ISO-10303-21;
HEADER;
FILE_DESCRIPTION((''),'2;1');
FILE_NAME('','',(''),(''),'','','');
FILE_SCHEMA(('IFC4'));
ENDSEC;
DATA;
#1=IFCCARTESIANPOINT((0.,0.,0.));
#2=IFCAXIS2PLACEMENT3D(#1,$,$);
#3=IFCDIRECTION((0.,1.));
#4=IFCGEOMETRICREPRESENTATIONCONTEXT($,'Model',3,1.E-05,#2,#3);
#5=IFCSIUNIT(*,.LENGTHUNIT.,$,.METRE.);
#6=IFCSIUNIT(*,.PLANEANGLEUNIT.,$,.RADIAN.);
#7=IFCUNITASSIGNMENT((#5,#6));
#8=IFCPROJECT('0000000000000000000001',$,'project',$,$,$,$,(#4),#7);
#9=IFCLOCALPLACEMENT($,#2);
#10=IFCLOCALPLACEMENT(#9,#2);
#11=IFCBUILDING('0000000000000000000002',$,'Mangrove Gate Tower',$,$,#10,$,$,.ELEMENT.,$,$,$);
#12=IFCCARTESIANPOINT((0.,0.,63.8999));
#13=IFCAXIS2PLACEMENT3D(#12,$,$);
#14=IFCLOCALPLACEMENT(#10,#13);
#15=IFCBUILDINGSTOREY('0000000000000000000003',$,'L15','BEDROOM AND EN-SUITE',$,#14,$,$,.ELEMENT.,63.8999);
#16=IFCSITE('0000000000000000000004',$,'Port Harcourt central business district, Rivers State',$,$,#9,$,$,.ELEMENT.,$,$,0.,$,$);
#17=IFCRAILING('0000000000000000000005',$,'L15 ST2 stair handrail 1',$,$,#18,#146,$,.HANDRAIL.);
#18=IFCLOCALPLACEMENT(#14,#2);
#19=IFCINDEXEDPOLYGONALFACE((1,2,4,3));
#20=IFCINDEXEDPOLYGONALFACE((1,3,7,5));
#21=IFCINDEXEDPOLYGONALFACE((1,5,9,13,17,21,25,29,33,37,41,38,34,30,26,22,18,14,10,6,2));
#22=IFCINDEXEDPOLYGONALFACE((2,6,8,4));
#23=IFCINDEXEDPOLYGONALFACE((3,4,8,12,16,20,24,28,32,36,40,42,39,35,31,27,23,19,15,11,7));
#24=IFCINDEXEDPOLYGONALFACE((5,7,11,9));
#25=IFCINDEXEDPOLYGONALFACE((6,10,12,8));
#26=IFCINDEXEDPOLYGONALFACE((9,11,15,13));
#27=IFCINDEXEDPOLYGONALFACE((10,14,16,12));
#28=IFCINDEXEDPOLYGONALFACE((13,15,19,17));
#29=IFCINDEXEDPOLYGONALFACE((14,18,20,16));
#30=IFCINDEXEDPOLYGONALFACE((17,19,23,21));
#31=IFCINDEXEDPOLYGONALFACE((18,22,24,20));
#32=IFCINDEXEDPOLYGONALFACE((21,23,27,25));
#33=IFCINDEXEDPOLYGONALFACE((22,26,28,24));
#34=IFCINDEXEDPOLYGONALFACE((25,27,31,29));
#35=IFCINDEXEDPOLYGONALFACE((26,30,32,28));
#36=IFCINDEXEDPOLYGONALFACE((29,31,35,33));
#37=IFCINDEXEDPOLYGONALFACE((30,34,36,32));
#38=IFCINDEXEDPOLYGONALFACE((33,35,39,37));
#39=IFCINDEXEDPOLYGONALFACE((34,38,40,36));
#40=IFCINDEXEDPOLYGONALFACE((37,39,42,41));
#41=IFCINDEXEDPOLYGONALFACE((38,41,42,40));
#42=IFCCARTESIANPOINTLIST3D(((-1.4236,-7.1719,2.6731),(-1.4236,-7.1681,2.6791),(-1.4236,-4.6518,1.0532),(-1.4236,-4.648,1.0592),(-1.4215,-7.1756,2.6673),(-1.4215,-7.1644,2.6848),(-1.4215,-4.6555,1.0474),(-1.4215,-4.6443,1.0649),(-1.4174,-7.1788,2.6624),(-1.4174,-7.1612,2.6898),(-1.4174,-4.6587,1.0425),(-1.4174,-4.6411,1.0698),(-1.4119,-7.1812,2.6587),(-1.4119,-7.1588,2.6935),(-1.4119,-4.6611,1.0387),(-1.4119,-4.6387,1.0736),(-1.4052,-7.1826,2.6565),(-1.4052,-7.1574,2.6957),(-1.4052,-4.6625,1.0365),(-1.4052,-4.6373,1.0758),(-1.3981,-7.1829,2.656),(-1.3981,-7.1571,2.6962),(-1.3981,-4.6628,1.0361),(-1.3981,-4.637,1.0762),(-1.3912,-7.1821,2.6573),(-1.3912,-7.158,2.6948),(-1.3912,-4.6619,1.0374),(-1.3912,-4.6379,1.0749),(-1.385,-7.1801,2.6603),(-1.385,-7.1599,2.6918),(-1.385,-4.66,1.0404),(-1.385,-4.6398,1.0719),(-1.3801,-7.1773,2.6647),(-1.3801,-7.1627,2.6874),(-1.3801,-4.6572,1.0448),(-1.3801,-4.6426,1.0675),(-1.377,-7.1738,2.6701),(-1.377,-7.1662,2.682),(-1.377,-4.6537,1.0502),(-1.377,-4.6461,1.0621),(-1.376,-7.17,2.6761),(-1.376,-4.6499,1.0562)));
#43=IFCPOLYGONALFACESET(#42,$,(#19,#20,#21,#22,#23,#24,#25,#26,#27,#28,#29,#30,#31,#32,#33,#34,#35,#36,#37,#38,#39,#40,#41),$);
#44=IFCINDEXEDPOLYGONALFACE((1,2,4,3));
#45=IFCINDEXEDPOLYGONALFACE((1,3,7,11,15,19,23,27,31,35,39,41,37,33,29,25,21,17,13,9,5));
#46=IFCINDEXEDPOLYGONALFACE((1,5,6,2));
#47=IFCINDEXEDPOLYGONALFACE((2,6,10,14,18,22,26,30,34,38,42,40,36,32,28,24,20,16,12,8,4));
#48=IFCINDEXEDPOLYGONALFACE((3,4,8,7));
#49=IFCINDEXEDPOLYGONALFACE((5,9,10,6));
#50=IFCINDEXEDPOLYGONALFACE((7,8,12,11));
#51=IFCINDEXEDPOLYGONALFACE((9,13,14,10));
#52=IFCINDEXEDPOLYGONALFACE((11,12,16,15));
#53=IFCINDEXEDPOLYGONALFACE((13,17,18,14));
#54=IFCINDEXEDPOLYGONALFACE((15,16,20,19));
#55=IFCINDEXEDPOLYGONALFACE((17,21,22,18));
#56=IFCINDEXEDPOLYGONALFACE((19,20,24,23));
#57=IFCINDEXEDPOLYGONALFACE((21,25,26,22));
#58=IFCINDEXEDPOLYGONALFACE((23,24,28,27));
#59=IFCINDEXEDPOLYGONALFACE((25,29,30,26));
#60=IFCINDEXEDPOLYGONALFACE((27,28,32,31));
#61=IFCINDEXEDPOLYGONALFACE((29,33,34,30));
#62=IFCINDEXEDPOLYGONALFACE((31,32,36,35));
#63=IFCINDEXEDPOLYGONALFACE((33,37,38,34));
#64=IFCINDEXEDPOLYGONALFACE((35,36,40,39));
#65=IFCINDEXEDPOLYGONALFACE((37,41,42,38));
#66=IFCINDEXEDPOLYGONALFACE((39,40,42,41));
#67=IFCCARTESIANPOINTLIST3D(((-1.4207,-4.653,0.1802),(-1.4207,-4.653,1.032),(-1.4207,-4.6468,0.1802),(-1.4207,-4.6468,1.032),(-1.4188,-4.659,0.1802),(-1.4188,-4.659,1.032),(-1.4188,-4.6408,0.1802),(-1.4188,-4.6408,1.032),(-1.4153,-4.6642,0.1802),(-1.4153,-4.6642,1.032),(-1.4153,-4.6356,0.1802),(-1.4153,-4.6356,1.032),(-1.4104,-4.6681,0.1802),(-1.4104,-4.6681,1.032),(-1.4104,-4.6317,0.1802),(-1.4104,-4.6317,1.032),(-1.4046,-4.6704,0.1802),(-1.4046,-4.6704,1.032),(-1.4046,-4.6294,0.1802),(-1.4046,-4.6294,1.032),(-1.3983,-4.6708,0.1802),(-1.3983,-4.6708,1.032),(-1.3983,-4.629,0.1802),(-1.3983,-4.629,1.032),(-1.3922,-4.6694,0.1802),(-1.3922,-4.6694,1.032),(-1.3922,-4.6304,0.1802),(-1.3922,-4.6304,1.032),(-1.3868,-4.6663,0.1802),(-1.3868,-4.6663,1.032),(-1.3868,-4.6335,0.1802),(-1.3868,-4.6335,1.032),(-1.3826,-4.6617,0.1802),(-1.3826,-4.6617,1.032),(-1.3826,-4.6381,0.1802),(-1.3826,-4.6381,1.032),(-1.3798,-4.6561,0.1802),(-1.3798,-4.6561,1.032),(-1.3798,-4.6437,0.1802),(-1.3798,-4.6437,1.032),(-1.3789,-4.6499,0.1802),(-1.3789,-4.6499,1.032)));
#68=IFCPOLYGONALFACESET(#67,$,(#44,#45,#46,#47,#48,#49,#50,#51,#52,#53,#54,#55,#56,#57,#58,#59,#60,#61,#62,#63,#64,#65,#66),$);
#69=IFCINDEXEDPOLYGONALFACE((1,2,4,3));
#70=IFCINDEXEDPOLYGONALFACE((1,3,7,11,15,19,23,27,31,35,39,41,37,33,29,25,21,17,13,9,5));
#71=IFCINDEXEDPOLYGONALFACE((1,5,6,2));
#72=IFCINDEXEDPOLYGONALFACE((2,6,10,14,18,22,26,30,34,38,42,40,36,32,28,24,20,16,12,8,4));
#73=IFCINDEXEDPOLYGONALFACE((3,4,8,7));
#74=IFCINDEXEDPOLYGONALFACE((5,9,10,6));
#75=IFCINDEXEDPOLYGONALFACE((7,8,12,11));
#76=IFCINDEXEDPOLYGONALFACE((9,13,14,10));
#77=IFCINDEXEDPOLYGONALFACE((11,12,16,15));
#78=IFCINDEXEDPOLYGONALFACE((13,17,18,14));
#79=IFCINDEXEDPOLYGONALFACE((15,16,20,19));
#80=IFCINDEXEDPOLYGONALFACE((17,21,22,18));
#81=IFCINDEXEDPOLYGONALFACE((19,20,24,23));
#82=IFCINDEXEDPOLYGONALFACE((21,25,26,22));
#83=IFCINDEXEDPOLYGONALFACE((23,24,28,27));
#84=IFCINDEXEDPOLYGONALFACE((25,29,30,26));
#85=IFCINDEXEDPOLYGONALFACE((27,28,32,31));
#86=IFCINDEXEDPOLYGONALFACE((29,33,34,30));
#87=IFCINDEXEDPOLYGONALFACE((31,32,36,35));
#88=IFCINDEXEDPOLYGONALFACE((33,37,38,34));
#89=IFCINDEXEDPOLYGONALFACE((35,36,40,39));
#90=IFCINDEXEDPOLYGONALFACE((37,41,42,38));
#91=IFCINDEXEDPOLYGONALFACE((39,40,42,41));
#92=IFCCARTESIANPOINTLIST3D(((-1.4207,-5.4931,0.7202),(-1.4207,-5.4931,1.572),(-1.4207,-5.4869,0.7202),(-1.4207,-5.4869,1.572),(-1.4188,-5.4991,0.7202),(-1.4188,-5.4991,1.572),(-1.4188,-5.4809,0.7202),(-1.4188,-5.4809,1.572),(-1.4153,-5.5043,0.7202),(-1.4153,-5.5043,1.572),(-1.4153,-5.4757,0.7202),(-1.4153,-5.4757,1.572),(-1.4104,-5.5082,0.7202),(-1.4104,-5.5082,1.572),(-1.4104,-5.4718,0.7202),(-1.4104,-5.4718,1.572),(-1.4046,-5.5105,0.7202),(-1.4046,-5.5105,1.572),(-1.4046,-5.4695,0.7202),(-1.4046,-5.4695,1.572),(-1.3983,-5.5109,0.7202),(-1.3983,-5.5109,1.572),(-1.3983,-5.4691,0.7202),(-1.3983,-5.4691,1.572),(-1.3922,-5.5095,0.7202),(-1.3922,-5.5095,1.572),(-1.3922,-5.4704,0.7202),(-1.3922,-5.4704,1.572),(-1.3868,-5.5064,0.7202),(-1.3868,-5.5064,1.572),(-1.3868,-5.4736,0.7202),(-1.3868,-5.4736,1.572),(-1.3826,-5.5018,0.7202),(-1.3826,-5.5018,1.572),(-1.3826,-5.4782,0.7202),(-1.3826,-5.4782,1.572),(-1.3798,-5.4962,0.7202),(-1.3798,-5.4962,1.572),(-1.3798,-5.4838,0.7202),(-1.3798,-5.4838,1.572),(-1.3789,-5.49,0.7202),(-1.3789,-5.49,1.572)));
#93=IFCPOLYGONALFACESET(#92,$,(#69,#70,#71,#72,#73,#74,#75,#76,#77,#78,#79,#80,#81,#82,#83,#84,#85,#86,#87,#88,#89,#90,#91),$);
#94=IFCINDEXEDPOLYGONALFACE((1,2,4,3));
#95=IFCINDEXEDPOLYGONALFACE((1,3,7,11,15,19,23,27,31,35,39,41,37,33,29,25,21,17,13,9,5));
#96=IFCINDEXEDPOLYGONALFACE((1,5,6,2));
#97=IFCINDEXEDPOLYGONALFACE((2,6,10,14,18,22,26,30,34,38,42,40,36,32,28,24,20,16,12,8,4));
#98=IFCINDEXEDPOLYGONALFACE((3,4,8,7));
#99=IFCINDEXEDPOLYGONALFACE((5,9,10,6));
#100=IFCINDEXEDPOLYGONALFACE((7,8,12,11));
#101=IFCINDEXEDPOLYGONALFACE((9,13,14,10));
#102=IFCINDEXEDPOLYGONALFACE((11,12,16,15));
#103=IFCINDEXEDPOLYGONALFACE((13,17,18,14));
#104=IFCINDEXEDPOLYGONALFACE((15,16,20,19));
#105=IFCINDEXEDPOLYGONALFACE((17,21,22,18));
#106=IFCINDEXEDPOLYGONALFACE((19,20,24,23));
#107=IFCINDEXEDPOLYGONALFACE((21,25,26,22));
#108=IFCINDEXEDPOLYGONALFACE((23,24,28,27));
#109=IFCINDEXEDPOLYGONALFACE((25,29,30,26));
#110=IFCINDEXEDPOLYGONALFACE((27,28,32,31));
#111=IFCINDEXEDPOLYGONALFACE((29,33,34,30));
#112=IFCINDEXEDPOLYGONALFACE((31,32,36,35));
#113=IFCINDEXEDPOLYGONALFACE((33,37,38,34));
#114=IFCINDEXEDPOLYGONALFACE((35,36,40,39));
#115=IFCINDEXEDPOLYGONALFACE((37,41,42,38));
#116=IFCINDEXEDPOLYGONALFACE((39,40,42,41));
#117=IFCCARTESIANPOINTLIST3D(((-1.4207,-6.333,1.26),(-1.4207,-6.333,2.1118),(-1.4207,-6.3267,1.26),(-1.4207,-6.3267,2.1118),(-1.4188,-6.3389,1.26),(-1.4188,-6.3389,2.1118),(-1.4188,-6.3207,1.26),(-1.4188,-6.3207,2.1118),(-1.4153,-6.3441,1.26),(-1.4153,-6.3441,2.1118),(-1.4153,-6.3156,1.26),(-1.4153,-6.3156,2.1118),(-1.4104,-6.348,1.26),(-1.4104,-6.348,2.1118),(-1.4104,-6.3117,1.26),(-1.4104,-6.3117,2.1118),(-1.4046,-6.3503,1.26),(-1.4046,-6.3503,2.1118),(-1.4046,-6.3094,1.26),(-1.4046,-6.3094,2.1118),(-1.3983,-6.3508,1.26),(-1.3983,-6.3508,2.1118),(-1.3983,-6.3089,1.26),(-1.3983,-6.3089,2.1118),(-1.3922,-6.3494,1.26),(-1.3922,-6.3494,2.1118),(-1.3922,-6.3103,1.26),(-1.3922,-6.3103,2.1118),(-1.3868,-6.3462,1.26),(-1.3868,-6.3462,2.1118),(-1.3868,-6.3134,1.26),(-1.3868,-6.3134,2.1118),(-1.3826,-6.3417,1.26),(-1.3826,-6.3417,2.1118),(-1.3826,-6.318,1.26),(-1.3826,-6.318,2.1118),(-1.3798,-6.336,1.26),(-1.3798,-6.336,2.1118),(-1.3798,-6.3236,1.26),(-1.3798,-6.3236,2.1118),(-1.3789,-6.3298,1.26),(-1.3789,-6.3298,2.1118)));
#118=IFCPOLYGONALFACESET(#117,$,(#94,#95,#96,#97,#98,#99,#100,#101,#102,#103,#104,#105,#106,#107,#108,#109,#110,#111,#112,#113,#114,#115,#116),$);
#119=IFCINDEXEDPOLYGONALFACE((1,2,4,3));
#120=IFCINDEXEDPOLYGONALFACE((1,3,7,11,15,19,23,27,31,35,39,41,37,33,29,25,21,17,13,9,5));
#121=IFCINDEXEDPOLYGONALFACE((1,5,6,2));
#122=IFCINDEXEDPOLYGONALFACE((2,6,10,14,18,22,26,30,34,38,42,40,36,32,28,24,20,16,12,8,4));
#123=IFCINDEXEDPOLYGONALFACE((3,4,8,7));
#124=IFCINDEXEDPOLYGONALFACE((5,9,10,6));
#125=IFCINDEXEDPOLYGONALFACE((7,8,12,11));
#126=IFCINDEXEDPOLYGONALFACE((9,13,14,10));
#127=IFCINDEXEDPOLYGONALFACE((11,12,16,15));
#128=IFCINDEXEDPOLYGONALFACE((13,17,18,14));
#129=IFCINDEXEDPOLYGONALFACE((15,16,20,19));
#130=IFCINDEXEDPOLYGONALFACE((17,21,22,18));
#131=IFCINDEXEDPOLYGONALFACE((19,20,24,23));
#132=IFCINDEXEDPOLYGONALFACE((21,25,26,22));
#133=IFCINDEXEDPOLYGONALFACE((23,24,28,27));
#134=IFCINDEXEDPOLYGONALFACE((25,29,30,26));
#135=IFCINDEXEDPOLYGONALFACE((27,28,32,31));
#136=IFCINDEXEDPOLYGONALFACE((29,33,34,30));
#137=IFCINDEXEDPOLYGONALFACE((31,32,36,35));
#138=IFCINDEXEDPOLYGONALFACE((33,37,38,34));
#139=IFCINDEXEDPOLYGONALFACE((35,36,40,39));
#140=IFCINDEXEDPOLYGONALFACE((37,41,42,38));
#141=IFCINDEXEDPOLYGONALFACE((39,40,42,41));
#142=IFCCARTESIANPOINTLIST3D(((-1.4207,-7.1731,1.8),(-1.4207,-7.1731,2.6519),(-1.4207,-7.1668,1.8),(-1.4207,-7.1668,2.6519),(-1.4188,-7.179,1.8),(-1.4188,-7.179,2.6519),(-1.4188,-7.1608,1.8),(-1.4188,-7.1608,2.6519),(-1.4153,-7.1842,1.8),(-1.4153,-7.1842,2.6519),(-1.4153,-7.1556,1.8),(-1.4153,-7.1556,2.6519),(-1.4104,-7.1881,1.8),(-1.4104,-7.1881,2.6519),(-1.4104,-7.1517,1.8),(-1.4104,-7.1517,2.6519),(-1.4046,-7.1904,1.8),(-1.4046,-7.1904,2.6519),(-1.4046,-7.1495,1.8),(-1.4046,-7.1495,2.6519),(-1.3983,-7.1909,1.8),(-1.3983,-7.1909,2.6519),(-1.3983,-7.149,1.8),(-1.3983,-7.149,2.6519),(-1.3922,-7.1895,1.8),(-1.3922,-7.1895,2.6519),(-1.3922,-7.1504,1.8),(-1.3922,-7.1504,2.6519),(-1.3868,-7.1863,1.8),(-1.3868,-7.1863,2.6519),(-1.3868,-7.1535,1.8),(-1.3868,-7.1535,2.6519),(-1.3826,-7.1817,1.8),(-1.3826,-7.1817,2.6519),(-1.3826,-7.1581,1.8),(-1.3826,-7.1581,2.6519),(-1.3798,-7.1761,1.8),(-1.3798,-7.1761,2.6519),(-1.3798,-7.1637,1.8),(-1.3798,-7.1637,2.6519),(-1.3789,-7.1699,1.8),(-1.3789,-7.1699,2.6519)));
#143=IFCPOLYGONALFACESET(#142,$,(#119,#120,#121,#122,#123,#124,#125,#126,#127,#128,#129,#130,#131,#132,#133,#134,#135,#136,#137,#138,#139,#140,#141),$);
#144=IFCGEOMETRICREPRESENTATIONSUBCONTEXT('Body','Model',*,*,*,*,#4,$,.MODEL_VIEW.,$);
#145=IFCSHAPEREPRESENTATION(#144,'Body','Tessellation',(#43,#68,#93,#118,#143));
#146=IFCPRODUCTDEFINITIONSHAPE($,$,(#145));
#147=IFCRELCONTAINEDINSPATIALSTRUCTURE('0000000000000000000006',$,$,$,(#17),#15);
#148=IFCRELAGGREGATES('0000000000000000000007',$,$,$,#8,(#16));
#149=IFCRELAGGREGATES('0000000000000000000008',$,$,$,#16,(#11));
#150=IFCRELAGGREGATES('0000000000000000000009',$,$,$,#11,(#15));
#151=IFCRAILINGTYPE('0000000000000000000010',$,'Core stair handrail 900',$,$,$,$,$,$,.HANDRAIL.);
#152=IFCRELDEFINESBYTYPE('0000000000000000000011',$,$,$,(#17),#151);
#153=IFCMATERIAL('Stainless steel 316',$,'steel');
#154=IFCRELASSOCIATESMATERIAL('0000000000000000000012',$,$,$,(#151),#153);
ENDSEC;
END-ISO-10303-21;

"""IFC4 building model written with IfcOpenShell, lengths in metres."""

from ifc_helpers import new_model, si_unit, direction, frame, origin, origin_2d, place, context, subcontext, project, spatial, circle, extrude, material, type_object, element, save


model = new_model("IFC4")

# Units and contexts
model_context = context("Model", 3, precision=1e-05, world=origin(), true_north=direction((0.0, 1.0)))
body_context = subcontext(model_context, "Body", "Model", "MODEL_VIEW")
ifc_project = project(units=[si_unit("LENGTHUNIT", "METRE"), si_unit("PLANEANGLEUNIT", "RADIAN")], contexts=[model_context])

# Site, building, storey
site_placement = place(None, origin())
site = spatial("IfcSite", under=ifc_project, at=site_placement, Name="Port Harcourt central business district, Rivers State", CompositionType="ELEMENT", RefElevation=0.0)
building_placement = place(site_placement, origin())
building = spatial("IfcBuilding", under=site, at=building_placement, Name="Mangrove Gate Tower", CompositionType="ELEMENT")
storey_placement = place(building_placement, frame((0.0, 0.0, 63.8999)))
storey = spatial("IfcBuildingStorey", under=building, at=storey_placement, Name="L15", Description="BEDROOM AND EN-SUITE", CompositionType="ELEMENT", Elevation=63.8999)

# Railing
ifc_material_1 = material(Name="Stainless steel 316", Category="steel")
railing_type_1 = type_object("IfcRailingType", Name="Core stair handrail 900", PredefinedType="HANDRAIL", material=ifc_material_1)
railing_1_placement = place(storey_placement, frame((-1.3999, -4.6499, 0.1802)))
element("IfcRailing", 1, at=railing_1_placement, inside=storey, type_object=railing_type_1, Name="L15 ST2 stair handrail 1", PredefinedType="HANDRAIL", context=body_context, shape_type="SweptSolid", body=[
    extrude(circle(Radius=0.0239, at=origin_2d()), frame((0.0, 0.0, 0.876), z_axis=(0.0, -0.8412, 0.540725), x_axis=(1.0, 0.0, 0.0)), (0.0, 0.0, 1.0), 2.9958),
    extrude(circle(Radius=0.021, at=origin_2d()), origin(), (0.0, 0.0, 1.0), 0.8518),
    extrude(circle(Radius=0.021, at=origin_2d()), frame((0.0, -0.8401, 0.54)), (0.0, 0.0, 1.0), 0.8518),
    extrude(circle(Radius=0.021, at=origin_2d()), frame((0.0, -1.6799, 1.0798)), (0.0, 0.0, 1.0), 0.8518),
    extrude(circle(Radius=0.021, at=origin_2d()), frame((0.0, -2.52, 1.6199)), (0.0, 0.0, 1.0), 0.8518),
])

save(model, "model.ifc")
